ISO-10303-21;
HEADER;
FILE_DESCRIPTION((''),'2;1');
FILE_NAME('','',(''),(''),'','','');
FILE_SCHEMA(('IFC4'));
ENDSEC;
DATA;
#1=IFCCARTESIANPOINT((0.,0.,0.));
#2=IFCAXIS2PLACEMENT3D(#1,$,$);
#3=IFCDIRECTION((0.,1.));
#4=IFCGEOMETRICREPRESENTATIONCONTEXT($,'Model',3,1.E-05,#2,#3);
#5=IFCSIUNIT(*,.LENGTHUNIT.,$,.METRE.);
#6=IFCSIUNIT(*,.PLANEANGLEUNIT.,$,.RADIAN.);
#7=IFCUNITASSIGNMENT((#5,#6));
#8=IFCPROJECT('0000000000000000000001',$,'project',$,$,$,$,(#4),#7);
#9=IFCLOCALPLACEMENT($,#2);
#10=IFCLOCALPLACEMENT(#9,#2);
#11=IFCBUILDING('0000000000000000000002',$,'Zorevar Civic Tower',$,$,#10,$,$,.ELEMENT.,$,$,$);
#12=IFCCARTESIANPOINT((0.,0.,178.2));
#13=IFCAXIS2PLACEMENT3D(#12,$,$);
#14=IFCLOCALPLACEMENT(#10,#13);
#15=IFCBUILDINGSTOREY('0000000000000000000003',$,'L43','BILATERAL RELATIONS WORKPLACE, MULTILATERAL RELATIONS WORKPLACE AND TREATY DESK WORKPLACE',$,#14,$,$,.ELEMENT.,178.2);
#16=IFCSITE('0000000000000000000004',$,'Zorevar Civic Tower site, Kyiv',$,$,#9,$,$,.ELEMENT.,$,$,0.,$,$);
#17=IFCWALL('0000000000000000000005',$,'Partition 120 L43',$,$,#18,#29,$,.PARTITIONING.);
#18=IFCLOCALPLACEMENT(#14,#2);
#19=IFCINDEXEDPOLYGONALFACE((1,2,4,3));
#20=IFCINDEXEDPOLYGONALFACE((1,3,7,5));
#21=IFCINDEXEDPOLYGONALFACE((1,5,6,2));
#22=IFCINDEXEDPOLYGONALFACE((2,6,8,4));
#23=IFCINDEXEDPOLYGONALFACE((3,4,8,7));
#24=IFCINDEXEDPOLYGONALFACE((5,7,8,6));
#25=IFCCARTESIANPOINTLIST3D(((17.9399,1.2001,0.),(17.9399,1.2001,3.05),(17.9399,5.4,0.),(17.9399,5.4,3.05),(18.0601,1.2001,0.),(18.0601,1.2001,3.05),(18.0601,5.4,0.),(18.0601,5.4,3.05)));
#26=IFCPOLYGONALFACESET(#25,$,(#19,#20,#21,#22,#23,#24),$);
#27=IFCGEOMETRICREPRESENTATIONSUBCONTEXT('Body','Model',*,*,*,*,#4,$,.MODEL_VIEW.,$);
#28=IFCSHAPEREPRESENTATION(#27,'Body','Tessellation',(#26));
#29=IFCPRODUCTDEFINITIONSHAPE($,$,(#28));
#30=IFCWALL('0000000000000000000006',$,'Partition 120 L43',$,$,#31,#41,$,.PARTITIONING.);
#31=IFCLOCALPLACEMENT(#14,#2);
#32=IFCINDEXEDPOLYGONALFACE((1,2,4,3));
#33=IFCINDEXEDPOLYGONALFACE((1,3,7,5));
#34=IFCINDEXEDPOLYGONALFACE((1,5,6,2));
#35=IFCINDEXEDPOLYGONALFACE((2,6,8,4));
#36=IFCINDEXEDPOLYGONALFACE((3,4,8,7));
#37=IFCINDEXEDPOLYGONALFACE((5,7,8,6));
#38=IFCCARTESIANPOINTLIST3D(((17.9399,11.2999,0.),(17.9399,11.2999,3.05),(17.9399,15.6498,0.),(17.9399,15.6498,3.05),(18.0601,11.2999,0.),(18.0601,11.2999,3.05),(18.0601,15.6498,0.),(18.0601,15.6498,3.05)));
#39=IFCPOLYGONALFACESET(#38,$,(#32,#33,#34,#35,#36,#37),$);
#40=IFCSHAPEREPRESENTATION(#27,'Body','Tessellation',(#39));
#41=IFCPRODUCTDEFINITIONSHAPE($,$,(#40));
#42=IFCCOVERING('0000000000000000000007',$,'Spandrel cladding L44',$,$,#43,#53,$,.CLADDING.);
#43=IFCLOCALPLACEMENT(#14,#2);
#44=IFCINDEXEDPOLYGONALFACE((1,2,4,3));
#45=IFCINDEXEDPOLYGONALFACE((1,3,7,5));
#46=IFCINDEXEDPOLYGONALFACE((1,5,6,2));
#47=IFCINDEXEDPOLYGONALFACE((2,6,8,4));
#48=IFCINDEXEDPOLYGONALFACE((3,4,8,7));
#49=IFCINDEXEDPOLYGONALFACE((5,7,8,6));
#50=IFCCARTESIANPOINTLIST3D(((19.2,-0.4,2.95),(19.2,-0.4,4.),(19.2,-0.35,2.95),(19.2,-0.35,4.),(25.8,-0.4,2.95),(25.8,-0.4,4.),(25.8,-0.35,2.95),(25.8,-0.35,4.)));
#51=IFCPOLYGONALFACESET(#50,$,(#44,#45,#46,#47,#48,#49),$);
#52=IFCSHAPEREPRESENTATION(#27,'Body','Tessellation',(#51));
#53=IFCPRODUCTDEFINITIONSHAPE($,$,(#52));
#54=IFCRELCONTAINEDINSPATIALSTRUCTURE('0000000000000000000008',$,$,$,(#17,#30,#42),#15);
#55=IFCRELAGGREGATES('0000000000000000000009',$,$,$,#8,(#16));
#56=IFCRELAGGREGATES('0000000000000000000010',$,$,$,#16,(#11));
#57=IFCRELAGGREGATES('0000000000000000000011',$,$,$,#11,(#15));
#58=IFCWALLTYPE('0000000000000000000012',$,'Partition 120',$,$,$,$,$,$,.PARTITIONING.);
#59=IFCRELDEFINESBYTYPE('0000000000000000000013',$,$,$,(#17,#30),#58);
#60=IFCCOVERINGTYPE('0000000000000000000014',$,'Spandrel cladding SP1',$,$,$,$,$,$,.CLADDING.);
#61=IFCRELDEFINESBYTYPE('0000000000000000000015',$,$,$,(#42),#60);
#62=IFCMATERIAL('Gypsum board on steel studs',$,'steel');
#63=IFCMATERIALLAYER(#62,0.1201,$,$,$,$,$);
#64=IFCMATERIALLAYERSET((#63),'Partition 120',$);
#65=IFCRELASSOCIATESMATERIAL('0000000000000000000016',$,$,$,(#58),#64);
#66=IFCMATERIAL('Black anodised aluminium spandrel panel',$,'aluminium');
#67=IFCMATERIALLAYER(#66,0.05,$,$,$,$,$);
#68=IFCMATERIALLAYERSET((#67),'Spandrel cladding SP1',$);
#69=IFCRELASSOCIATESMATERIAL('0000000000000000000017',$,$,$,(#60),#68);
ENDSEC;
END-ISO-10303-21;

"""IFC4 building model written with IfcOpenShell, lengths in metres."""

from ifc_helpers import new_model, si_unit, direction, frame, frame_2d, origin, place, context, subcontext, project, spatial, rectangle, extrude, material, layer, layer_set, type_object, element, save


model = new_model("IFC4")

# Units and contexts
model_context = context("Model", 3, precision=1e-05, world=origin(), true_north=direction((0.0, 1.0)))
body_context = subcontext(model_context, "Body", "Model", "MODEL_VIEW")
ifc_project = project(units=[si_unit("LENGTHUNIT", "METRE"), si_unit("PLANEANGLEUNIT", "RADIAN")], contexts=[model_context])

# Site, building, storey
site_placement = place(None, origin())
site = spatial("IfcSite", under=ifc_project, at=site_placement, Name="Zorevar Civic Tower site, Kyiv", CompositionType="ELEMENT", RefElevation=0.0)
building_placement = place(site_placement, origin())
building = spatial("IfcBuilding", under=site, at=building_placement, Name="Zorevar Civic Tower", CompositionType="ELEMENT")
storey_placement = place(building_placement, frame((0.0, 0.0, 178.2)))
storey = spatial("IfcBuildingStorey", under=building, at=storey_placement, Name="L43", Description="BILATERAL RELATIONS WORKPLACE, MULTILATERAL RELATIONS WORKPLACE AND TREATY DESK WORKPLACE", CompositionType="ELEMENT", Elevation=178.2)

# Shared definitions
ifc_material_1 = material(Name="Gypsum board on steel studs", Category="steel")
ifc_layer_1 = layer(ifc_material_1, 0.1201)
ifc_layer_set_1 = layer_set([ifc_layer_1], Name="Partition 120")
wall_type = type_object("IfcWallType", Name="Partition 120", PredefinedType="PARTITIONING", material=ifc_layer_set_1)

# Walls
wall_1_placement = place(storey_placement, frame((18.0, 1.2, 0.0), z_axis=(0.0, 0.0, 1.0), x_axis=(0.0, 1.0, 0.0)))
element("IfcWall", 1, at=wall_1_placement, inside=storey, type_object=wall_type, Name="Partition 120 L43", PredefinedType="PARTITIONING", context=body_context, shape_type="SweptSolid", body=[
    extrude(rectangle(XDim=4.2, YDim=0.1201, at=frame_2d((2.1001, 0.0))), origin(), (0.0, 0.0, 1.0), 3.05),
])
wall_2_placement = place(storey_placement, frame((18.0, 11.3, 0.0), z_axis=(0.0, 0.0, 1.0), x_axis=(0.0, 1.0, 0.0)))
element("IfcWall", 2, at=wall_2_placement, inside=storey, type_object=wall_type, Name="Partition 120 L43", PredefinedType="PARTITIONING", context=body_context, shape_type="SweptSolid", body=[
    extrude(rectangle(XDim=4.3499, YDim=0.1201, at=frame_2d((2.1748, 0.0))), origin(), (0.0, 0.0, 1.0), 3.05),
])

# Covering
ifc_material_2 = material(Name="Black anodised aluminium spandrel panel", Category="aluminium")
ifc_layer_2 = layer(ifc_material_2, 0.05)
ifc_layer_set_2 = layer_set([ifc_layer_2], Name="Spandrel cladding SP1")
covering_type = type_object("IfcCoveringType", Name="Spandrel cladding SP1", PredefinedType="CLADDING", material=ifc_layer_set_2)
covering_placement = place(storey_placement, frame((19.2, -0.375, 2.95), z_axis=(0.0, 0.0, 1.0), x_axis=(1.0, 0.0, 0.0)))
element("IfcCovering", 3, at=covering_placement, inside=storey, type_object=covering_type, Name="Spandrel cladding L44", PredefinedType="CLADDING", context=body_context, shape_type="SweptSolid", body=[
    extrude(rectangle(XDim=6.6001, YDim=0.05, at=frame_2d((3.3, 0.0))), origin(), (0.0, 0.0, 1.0), 1.05),
])

save(model, "model.ifc")
